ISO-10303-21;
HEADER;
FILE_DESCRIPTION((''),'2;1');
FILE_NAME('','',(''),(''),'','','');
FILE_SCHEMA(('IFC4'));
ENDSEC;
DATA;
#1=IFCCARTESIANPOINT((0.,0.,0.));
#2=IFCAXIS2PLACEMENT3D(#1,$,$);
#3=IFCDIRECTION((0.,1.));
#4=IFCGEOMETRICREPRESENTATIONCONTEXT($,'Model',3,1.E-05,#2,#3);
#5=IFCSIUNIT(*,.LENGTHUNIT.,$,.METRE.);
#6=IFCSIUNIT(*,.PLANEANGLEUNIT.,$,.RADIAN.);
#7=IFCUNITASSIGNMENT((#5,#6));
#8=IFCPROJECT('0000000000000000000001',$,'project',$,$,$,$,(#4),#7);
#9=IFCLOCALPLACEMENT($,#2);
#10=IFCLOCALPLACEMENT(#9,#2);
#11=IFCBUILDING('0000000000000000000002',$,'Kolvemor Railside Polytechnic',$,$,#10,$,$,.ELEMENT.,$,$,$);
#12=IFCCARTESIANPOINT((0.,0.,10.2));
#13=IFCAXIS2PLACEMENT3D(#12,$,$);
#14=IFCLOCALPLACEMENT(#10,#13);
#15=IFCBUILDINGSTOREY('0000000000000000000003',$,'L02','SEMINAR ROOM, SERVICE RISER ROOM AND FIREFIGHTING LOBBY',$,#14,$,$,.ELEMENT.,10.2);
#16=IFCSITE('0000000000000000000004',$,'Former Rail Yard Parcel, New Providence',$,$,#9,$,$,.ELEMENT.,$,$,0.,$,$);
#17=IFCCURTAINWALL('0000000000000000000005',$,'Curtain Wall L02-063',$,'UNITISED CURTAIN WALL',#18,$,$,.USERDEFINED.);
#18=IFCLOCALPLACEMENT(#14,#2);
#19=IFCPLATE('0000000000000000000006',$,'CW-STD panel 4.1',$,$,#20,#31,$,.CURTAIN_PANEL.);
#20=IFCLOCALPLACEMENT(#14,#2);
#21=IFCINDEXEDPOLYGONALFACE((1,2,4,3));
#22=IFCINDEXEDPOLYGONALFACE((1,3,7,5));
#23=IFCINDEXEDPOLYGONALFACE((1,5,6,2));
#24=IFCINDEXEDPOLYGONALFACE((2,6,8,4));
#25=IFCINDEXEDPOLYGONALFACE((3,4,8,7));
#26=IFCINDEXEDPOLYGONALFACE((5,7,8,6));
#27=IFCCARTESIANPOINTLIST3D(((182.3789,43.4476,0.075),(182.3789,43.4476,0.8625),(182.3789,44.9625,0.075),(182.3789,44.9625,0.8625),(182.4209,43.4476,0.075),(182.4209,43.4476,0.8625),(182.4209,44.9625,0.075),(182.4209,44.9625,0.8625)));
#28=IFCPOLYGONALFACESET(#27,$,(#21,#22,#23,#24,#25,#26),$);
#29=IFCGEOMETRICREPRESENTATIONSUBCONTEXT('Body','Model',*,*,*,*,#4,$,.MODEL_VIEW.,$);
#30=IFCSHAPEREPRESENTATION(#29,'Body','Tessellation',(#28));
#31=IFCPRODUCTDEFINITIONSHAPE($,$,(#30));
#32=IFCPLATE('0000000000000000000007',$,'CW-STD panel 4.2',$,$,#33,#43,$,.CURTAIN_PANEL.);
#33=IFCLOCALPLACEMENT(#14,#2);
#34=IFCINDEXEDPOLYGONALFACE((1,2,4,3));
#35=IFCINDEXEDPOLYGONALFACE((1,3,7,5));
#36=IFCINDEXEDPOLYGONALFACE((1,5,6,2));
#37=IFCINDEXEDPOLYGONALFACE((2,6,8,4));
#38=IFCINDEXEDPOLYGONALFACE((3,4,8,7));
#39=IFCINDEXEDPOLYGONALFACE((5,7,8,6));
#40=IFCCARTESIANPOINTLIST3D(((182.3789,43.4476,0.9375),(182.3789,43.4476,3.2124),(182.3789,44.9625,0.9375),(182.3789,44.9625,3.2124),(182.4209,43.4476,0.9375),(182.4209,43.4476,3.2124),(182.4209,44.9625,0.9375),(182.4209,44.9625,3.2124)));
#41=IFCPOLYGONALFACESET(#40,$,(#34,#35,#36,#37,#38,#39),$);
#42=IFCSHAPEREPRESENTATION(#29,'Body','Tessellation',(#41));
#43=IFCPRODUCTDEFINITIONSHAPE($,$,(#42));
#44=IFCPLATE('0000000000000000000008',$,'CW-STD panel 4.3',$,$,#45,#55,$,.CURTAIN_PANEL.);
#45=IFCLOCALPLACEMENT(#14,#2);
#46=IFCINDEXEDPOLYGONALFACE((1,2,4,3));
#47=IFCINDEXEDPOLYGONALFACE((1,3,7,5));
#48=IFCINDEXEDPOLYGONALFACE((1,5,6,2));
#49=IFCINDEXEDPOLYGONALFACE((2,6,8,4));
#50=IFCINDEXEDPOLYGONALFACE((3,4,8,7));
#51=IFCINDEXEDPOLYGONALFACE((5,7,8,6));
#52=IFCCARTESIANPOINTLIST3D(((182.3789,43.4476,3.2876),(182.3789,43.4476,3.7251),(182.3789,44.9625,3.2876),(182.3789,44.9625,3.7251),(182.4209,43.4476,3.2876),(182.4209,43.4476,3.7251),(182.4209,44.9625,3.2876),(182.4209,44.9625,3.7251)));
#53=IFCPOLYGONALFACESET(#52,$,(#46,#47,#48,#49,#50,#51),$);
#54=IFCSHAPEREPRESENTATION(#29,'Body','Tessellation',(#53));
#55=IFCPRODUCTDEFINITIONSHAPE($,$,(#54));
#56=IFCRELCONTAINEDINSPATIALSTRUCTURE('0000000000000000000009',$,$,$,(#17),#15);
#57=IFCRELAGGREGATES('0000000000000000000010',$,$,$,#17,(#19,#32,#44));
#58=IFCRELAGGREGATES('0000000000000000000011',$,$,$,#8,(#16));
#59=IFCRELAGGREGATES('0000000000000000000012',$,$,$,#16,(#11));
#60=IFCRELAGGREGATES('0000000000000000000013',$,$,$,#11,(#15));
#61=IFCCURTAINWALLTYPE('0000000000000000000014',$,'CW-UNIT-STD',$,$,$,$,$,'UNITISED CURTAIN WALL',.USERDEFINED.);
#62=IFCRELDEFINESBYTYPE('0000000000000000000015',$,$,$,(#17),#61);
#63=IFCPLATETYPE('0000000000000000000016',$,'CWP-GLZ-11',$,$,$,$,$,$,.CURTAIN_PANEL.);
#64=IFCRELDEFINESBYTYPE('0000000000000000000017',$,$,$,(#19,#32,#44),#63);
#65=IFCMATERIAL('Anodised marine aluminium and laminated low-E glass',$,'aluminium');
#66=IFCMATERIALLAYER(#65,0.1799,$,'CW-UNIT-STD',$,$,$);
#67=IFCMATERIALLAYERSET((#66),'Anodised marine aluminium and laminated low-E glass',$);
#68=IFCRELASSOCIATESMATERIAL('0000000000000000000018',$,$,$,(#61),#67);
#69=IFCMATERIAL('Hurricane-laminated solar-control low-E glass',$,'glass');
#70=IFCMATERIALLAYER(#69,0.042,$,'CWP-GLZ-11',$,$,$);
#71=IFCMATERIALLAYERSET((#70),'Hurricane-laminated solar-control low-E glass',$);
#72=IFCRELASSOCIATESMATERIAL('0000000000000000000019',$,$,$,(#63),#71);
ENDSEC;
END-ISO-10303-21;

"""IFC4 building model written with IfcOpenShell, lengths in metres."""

from ifc_helpers import new_model, si_unit, direction, frame, origin, origin_2d, place, context, subcontext, project, spatial, rectangle, extrude, material, layer, layer_set, type_object, element, aggregate, save


model = new_model("IFC4")

# Units and contexts
model_context = context("Model", 3, precision=1e-05, world=origin(), true_north=direction((0.0, 1.0)))
body_context = subcontext(model_context, "Body", "Model", "MODEL_VIEW")
ifc_project = project(units=[si_unit("LENGTHUNIT", "METRE"), si_unit("PLANEANGLEUNIT", "RADIAN")], contexts=[model_context])

# Site, building, storey
site_placement = place(None, origin())
site = spatial("IfcSite", under=ifc_project, at=site_placement, Name="Former Rail Yard Parcel, New Providence", CompositionType="ELEMENT", RefElevation=0.0)
building_placement = place(site_placement, origin())
building = spatial("IfcBuilding", under=site, at=building_placement, Name="Kolvemor Railside Polytechnic", CompositionType="ELEMENT")
storey_placement = place(building_placement, frame((0.0, 0.0, 10.2)))
storey = spatial("IfcBuildingStorey", under=building, at=storey_placement, Name="L02", Description="SEMINAR ROOM, SERVICE RISER ROOM AND FIREFIGHTING LOBBY", CompositionType="ELEMENT", Elevation=10.2)

# Curtain wall, plates
ifc_material_1 = material(Name="Anodised marine aluminium and laminated low-E glass", Category="aluminium")
ifc_layer_1 = layer(ifc_material_1, 0.1799, Name="CW-UNIT-STD")
ifc_layer_set_1 = layer_set([ifc_layer_1], Name="Anodised marine aluminium and laminated low-E glass")
curtain_wall_type = type_object("IfcCurtainWallType", Name="CW-UNIT-STD", ElementType="UNITISED CURTAIN WALL", PredefinedType="USERDEFINED", material=ifc_layer_set_1)
curtain_wall_placement = place(storey_placement, origin())
curtain_wall = element("IfcCurtainWall", 1, at=curtain_wall_placement, inside=storey, type_object=curtain_wall_type, Name="Curtain Wall L02-063", ObjectType="UNITISED CURTAIN WALL", PredefinedType="USERDEFINED")
ifc_material_2 = material(Name="Hurricane-laminated solar-control low-E glass", Category="glass")
ifc_layer_2 = layer(ifc_material_2, 0.042, Name="CWP-GLZ-11")
ifc_layer_set_2 = layer_set([ifc_layer_2], Name="Hurricane-laminated solar-control low-E glass")
plate_type = type_object("IfcPlateType", Name="CWP-GLZ-11", PredefinedType="CURTAIN_PANEL", material=ifc_layer_set_2)
plate_1_placement = place(storey_placement, frame((182.3999, 44.2051, 0.075), z_axis=(0.0, 0.0, 1.0), x_axis=(0.0, 1.0, 0.0)))
plate_1 = element("IfcPlate", 2, at=plate_1_placement, type_object=plate_type, Name="CW-STD panel 4.1", PredefinedType="CURTAIN_PANEL", context=body_context, shape_type="SweptSolid", body=[
    extrude(rectangle(XDim=1.5149, YDim=0.042, at=origin_2d()), origin(), (0.0, 0.0, 1.0), 0.7876),
])
plate_2_placement = place(storey_placement, frame((182.3999, 44.2051, 0.9375), z_axis=(0.0, 0.0, 1.0), x_axis=(0.0, 1.0, 0.0)))
plate_2 = element("IfcPlate", 3, at=plate_2_placement, type_object=plate_type, Name="CW-STD panel 4.2", PredefinedType="CURTAIN_PANEL", context=body_context, shape_type="SweptSolid", body=[
    extrude(rectangle(XDim=1.5149, YDim=0.042, at=origin_2d()), origin(), (0.0, 0.0, 1.0), 2.2749),
])
plate_3_placement = place(storey_placement, frame((182.3999, 44.2051, 3.2876), z_axis=(0.0, 0.0, 1.0), x_axis=(0.0, 1.0, 0.0)))
plate_3 = element("IfcPlate", 4, at=plate_3_placement, type_object=plate_type, Name="CW-STD panel 4.3", PredefinedType="CURTAIN_PANEL", context=body_context, shape_type="SweptSolid", body=[
    extrude(rectangle(XDim=1.5149, YDim=0.042, at=origin_2d()), origin(), (0.0, 0.0, 1.0), 0.4375),
])
aggregate(curtain_wall, [plate_1, plate_2, plate_3])

save(model, "model.ifc")
